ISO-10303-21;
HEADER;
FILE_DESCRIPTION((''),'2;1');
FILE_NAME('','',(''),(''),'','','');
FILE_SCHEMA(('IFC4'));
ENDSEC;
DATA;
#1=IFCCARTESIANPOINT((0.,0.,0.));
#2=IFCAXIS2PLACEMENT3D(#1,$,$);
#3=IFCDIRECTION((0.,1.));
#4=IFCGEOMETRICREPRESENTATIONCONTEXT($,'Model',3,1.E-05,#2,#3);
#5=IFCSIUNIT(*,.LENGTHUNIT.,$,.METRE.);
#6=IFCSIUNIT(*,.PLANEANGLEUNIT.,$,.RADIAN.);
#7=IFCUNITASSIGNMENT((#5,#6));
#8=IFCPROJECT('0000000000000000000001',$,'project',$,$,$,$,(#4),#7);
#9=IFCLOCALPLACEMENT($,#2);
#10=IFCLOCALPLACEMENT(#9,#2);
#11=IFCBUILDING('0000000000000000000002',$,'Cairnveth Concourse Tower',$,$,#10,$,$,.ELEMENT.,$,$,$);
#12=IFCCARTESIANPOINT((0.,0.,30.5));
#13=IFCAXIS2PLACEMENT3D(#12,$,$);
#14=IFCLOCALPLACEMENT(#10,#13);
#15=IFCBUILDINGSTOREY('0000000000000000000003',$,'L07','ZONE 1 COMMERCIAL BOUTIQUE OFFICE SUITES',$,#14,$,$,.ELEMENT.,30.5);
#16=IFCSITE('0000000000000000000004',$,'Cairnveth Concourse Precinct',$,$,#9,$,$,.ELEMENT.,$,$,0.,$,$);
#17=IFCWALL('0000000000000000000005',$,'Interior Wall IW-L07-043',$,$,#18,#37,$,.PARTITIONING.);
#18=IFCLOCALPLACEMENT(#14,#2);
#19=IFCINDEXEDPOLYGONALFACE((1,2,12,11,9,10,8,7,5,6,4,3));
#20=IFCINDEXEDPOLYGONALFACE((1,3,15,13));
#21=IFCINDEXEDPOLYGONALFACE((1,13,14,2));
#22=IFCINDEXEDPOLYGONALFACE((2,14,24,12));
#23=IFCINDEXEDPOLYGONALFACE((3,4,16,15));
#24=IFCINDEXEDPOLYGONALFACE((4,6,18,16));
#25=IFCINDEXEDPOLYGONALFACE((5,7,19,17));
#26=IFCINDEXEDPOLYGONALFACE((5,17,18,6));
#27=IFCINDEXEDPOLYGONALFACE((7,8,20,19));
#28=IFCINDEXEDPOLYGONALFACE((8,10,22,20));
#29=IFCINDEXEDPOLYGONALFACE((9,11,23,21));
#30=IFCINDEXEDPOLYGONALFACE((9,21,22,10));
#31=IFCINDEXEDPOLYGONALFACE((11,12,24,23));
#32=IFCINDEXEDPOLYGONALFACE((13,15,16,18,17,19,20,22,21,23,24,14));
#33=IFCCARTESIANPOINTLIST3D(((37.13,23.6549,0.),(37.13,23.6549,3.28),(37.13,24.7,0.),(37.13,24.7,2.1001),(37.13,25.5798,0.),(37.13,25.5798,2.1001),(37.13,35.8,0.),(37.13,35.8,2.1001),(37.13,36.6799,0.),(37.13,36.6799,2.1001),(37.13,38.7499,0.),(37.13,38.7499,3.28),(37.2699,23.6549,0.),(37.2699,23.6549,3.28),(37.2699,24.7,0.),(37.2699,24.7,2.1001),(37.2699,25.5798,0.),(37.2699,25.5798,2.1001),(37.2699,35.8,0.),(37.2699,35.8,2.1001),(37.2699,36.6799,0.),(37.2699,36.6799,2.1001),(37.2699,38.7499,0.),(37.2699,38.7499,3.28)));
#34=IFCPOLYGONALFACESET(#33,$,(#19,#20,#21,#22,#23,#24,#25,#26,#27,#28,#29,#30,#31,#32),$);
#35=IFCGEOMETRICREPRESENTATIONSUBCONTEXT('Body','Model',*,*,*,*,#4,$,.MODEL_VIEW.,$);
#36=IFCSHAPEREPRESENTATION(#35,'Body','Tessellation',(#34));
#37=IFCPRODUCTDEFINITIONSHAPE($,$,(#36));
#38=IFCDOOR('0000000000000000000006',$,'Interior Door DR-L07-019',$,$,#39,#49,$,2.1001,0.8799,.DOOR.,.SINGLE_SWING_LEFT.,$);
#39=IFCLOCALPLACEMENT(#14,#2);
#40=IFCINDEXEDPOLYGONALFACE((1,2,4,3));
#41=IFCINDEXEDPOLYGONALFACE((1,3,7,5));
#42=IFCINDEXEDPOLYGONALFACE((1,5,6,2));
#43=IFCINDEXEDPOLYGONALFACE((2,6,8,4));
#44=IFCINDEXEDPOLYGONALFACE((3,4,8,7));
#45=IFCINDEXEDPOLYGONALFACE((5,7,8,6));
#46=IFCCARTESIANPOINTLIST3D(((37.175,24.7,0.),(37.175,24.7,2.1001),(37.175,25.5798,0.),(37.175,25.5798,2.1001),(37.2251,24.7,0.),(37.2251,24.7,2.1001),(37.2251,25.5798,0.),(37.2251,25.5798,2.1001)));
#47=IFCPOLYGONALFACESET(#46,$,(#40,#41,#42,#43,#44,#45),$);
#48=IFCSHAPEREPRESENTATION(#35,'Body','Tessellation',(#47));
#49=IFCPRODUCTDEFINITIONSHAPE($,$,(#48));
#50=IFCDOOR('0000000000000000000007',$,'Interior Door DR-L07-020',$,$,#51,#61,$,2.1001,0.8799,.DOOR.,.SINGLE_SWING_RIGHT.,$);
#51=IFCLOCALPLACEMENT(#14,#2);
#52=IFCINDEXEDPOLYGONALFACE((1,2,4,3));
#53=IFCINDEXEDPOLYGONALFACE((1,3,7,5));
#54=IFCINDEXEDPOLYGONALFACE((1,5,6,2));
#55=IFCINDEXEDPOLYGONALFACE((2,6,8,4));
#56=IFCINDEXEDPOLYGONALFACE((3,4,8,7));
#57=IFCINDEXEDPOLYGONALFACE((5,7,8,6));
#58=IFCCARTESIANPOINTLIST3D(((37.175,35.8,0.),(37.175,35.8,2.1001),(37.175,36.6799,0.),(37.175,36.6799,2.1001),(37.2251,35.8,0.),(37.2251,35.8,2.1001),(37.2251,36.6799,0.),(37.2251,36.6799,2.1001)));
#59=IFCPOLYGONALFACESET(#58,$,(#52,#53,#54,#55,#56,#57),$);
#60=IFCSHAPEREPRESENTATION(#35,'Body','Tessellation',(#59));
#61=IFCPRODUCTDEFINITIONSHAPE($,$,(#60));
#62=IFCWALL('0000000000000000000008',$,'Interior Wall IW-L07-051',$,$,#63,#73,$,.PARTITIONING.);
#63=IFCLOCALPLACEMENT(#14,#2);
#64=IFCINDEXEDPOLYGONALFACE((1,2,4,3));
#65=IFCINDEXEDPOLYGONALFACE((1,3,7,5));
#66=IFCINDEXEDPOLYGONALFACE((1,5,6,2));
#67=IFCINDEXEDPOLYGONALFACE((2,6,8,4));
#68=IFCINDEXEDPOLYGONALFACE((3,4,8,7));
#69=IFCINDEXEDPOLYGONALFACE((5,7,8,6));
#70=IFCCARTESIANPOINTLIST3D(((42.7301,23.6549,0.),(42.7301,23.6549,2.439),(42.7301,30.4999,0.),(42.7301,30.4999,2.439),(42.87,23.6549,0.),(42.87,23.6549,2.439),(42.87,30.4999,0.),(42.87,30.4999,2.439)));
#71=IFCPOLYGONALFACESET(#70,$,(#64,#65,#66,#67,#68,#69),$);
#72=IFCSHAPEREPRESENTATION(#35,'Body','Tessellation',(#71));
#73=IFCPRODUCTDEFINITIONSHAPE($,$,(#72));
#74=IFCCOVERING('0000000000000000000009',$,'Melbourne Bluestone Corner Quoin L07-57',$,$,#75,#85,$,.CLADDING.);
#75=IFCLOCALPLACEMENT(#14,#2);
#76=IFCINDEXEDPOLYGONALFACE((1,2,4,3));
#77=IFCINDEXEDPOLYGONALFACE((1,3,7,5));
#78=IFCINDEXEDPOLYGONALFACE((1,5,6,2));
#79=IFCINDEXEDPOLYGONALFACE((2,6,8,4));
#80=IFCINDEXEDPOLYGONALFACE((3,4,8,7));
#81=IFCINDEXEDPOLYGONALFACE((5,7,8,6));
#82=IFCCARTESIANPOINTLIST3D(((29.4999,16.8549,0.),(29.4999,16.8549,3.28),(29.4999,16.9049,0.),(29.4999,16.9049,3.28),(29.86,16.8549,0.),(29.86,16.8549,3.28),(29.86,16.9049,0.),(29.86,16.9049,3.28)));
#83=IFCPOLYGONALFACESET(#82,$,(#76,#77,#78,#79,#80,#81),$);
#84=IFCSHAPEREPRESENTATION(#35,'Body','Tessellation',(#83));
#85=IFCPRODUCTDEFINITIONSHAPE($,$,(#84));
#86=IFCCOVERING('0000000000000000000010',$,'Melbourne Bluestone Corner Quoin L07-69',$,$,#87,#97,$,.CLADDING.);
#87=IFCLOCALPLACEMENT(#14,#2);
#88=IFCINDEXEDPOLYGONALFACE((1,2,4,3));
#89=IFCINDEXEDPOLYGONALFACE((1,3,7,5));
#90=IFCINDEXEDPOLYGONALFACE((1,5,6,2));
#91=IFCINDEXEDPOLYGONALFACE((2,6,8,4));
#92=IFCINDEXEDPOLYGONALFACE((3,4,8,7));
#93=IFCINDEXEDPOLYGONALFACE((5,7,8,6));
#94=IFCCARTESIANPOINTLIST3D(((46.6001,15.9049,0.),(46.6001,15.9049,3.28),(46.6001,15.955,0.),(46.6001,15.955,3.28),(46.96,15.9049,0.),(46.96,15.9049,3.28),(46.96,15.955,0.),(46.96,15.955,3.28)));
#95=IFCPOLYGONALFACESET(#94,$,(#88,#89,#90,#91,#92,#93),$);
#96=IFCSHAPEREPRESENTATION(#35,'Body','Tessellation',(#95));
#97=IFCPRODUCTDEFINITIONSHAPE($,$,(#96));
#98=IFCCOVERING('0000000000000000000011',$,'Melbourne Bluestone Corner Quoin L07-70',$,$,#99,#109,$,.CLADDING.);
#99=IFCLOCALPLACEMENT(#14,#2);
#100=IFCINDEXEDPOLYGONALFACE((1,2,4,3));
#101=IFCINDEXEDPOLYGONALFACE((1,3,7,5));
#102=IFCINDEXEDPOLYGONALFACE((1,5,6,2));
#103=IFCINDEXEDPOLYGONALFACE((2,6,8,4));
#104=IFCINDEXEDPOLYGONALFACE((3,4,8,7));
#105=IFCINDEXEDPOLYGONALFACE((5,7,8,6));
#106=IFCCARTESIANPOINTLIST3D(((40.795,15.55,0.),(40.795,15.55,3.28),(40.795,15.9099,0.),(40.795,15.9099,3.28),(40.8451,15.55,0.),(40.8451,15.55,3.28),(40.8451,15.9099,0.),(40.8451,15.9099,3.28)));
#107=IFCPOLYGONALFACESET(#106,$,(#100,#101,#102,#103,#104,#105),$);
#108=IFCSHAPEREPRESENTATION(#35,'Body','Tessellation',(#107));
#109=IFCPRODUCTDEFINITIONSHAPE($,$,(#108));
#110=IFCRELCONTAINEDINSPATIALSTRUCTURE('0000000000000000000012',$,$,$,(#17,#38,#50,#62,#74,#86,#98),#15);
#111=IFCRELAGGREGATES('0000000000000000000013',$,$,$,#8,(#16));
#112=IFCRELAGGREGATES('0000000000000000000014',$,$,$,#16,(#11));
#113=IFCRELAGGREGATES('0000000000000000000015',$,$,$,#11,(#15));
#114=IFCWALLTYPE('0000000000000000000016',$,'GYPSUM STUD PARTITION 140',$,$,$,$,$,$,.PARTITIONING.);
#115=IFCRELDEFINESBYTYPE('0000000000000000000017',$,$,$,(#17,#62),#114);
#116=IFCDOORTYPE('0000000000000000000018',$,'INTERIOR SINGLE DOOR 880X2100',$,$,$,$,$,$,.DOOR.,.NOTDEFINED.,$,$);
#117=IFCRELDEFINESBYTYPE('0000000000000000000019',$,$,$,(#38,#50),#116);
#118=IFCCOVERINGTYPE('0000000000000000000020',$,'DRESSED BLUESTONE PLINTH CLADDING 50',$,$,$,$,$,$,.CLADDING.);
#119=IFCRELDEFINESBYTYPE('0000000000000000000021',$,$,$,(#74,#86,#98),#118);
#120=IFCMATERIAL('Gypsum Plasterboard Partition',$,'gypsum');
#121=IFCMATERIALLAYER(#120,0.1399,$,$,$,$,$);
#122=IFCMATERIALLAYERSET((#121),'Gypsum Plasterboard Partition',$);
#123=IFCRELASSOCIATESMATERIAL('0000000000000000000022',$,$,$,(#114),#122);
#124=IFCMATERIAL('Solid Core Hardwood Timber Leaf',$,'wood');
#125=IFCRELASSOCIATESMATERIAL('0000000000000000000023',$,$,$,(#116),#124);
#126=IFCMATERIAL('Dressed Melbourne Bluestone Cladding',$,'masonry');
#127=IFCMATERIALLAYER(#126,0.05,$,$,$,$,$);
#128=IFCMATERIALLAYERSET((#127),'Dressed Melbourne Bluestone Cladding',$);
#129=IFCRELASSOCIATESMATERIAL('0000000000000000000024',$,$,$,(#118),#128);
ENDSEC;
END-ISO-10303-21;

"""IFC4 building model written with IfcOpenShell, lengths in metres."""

from ifc_helpers import new_model, si_unit, direction, frame, frame_2d, origin, place, context, subcontext, project, spatial, rectangle, extrude, material, layer, layer_set, type_object, element, fill, save


model = new_model("IFC4")

# Units and contexts
model_context = context("Model", 3, precision=1e-05, world=origin(), true_north=direction((0.0, 1.0)))
body_context = subcontext(model_context, "Body", "Model", "MODEL_VIEW")
ifc_project = project(units=[si_unit("LENGTHUNIT", "METRE"), si_unit("PLANEANGLEUNIT", "RADIAN")], contexts=[model_context])

# Site, building, storey
site_placement = place(None, origin())
site = spatial("IfcSite", under=ifc_project, at=site_placement, Name="Cairnveth Concourse Precinct", CompositionType="ELEMENT", RefElevation=0.0)
building_placement = place(site_placement, origin())
building = spatial("IfcBuilding", under=site, at=building_placement, Name="Cairnveth Concourse Tower", CompositionType="ELEMENT")
storey_placement = place(building_placement, frame((0.0, 0.0, 30.5)))
storey = spatial("IfcBuildingStorey", under=building, at=storey_placement, Name="L07", Description="ZONE 1 COMMERCIAL BOUTIQUE OFFICE SUITES", CompositionType="ELEMENT", Elevation=30.5)

# Wall, openings, doors
ifc_material_1 = material(Name="Gypsum Plasterboard Partition", Category="gypsum")
ifc_layer_1 = layer(ifc_material_1, 0.1399)
ifc_layer_set_1 = layer_set([ifc_layer_1], Name="Gypsum Plasterboard Partition")
wall_type_1 = type_object("IfcWallType", Name="GYPSUM STUD PARTITION 140", PredefinedType="PARTITIONING", material=ifc_layer_set_1)
ifc_material_2 = material(Name="Solid Core Hardwood Timber Leaf", Category="wood")
door_type_1 = type_object("IfcDoorType", Name="INTERIOR SINGLE DOOR 880X2100", OperationType="NOTDEFINED", PredefinedType="DOOR", material=ifc_material_2)
wall_1_placement = place(storey_placement, frame((37.2, 23.655, 0.0), z_axis=(0.0, 0.0, 1.0), x_axis=(0.0, 1.0, 0.0)))
wall_1 = element("IfcWall", 1, at=wall_1_placement, inside=storey, type_object=wall_type_1, Name="Interior Wall IW-L07-043", PredefinedType="PARTITIONING", context=body_context, shape_type="SweptSolid", body=[
    extrude(rectangle(XDim=15.095, YDim=0.1399, at=frame_2d((7.5474, 0.0))), origin(), (0.0, 0.0, 1.0), 3.28),
])
opening_1_placement = place(wall_1_placement, frame((1.0449, 0.0, 0.0)))
opening_1 = element("IfcOpeningElement", 2, at=opening_1_placement, cuts=wall_1, PredefinedType="OPENING", context=body_context, shape_type="SweptSolid", body=[
    extrude(rectangle(XDim=0.8799, YDim=2.1001, at=frame_2d((0.4399, 1.05))), frame((0.0, 0.0798, 0.0), z_axis=(0.0, -1.0, 0.0), x_axis=(1.0, 0.0, 0.0)), (0.0, 0.0, 1.0), 0.1599),
])
opening_2_placement = place(wall_1_placement, frame((12.145, 0.0, 0.0)))
opening_2 = element("IfcOpeningElement", 3, at=opening_2_placement, cuts=wall_1, PredefinedType="OPENING", context=body_context, shape_type="SweptSolid", body=[
    extrude(rectangle(XDim=0.8799, YDim=2.1001, at=frame_2d((0.4399, 1.05))), frame((0.0, 0.0798, 0.0), z_axis=(0.0, -1.0, 0.0), x_axis=(1.0, 0.0, 0.0)), (0.0, 0.0, 1.0), 0.1599),
])
door_1_placement = place(opening_1_placement, origin())
door_1 = element("IfcDoor", 4, at=door_1_placement, inside=storey, type_object=door_type_1, Name="Interior Door DR-L07-019", OperationType="SINGLE_SWING_LEFT", OverallHeight=2.1001, OverallWidth=0.8799, PredefinedType="DOOR", context=body_context, shape_type="SweptSolid", body=[
    extrude(rectangle(XDim=0.8799, YDim=2.1001, at=frame_2d((0.4399, 1.05))), frame((0.0, 0.0249, 0.0), z_axis=(0.0, -1.0, 0.0), x_axis=(1.0, 0.0, 0.0)), (0.0, 0.0, 1.0), 0.05),
])
fill(opening_1, door_1)
door_2_placement = place(opening_2_placement, origin())
door_2 = element("IfcDoor", 5, at=door_2_placement, inside=storey, type_object=door_type_1, Name="Interior Door DR-L07-020", OperationType="SINGLE_SWING_RIGHT", OverallHeight=2.1001, OverallWidth=0.8799, PredefinedType="DOOR", context=body_context, shape_type="SweptSolid", body=[
    extrude(rectangle(XDim=0.8799, YDim=2.1001, at=frame_2d((0.4399, 1.05))), frame((0.0, 0.0249, 0.0), z_axis=(0.0, -1.0, 0.0), x_axis=(1.0, 0.0, 0.0)), (0.0, 0.0, 1.0), 0.05),
])
fill(opening_2, door_2)

# Wall
wall_2_placement = place(storey_placement, frame((42.8, 23.655, 0.0), z_axis=(0.0, 0.0, 1.0), x_axis=(0.0, 1.0, 0.0)))
element("IfcWall", 6, at=wall_2_placement, inside=storey, type_object=wall_type_1, Name="Interior Wall IW-L07-051", PredefinedType="PARTITIONING", context=body_context, shape_type="SweptSolid", body=[
    extrude(rectangle(XDim=6.845, YDim=0.1399, at=frame_2d((3.4224, 0.0))), origin(), (0.0, 0.0, 1.0), 2.439),
])

# Coverings
ifc_material_3 = material(Name="Dressed Melbourne Bluestone Cladding", Category="masonry")
ifc_layer_2 = layer(ifc_material_3, 0.05)
ifc_layer_set_2 = layer_set([ifc_layer_2], Name="Dressed Melbourne Bluestone Cladding")
covering_type = type_object("IfcCoveringType", Name="DRESSED BLUESTONE PLINTH CLADDING 50", PredefinedType="CLADDING", material=ifc_layer_set_2)
covering_placement = place(storey_placement, frame((29.8601, 16.8799, 0.0), z_axis=(0.0, 0.0, 1.0), x_axis=(-1.0, 0.0, 0.0)))
element("IfcCovering", 7, at=covering_placement, inside=storey, type_object=covering_type, Name="Melbourne Bluestone Corner Quoin L07-57", PredefinedType="CLADDING", context=body_context, shape_type="SweptSolid", body=[
    extrude(rectangle(XDim=0.3601, YDim=0.05, at=frame_2d((0.1802, 0.0))), origin(), (0.0, 0.0, 1.0), 3.28),
])
for number, where, z_axis, x_axis, name in (
    (8, (46.96, 15.9299, 0.0), (0.0, 0.0, 1.0), (-1.0, 0.0, 0.0), "Melbourne Bluestone Corner Quoin L07-69"),
    (9, (40.8201, 15.9099, 0.0), (0.0, 0.0, 1.0), (0.0, -1.0, 0.0), "Melbourne Bluestone Corner Quoin L07-70"),
):
    element("IfcCovering", number, at=place(storey_placement, frame(where, z_axis=z_axis, x_axis=x_axis)), inside=storey, type_object=covering_type, Name=name, PredefinedType="CLADDING", context=body_context, shape_type="SweptSolid", body=[
        extrude(rectangle(XDim=0.3599, YDim=0.05, at=frame_2d((0.1799, 0.0))), origin(), (0.0, 0.0, 1.0), 3.28),
    ])

save(model, "model.ifc")
